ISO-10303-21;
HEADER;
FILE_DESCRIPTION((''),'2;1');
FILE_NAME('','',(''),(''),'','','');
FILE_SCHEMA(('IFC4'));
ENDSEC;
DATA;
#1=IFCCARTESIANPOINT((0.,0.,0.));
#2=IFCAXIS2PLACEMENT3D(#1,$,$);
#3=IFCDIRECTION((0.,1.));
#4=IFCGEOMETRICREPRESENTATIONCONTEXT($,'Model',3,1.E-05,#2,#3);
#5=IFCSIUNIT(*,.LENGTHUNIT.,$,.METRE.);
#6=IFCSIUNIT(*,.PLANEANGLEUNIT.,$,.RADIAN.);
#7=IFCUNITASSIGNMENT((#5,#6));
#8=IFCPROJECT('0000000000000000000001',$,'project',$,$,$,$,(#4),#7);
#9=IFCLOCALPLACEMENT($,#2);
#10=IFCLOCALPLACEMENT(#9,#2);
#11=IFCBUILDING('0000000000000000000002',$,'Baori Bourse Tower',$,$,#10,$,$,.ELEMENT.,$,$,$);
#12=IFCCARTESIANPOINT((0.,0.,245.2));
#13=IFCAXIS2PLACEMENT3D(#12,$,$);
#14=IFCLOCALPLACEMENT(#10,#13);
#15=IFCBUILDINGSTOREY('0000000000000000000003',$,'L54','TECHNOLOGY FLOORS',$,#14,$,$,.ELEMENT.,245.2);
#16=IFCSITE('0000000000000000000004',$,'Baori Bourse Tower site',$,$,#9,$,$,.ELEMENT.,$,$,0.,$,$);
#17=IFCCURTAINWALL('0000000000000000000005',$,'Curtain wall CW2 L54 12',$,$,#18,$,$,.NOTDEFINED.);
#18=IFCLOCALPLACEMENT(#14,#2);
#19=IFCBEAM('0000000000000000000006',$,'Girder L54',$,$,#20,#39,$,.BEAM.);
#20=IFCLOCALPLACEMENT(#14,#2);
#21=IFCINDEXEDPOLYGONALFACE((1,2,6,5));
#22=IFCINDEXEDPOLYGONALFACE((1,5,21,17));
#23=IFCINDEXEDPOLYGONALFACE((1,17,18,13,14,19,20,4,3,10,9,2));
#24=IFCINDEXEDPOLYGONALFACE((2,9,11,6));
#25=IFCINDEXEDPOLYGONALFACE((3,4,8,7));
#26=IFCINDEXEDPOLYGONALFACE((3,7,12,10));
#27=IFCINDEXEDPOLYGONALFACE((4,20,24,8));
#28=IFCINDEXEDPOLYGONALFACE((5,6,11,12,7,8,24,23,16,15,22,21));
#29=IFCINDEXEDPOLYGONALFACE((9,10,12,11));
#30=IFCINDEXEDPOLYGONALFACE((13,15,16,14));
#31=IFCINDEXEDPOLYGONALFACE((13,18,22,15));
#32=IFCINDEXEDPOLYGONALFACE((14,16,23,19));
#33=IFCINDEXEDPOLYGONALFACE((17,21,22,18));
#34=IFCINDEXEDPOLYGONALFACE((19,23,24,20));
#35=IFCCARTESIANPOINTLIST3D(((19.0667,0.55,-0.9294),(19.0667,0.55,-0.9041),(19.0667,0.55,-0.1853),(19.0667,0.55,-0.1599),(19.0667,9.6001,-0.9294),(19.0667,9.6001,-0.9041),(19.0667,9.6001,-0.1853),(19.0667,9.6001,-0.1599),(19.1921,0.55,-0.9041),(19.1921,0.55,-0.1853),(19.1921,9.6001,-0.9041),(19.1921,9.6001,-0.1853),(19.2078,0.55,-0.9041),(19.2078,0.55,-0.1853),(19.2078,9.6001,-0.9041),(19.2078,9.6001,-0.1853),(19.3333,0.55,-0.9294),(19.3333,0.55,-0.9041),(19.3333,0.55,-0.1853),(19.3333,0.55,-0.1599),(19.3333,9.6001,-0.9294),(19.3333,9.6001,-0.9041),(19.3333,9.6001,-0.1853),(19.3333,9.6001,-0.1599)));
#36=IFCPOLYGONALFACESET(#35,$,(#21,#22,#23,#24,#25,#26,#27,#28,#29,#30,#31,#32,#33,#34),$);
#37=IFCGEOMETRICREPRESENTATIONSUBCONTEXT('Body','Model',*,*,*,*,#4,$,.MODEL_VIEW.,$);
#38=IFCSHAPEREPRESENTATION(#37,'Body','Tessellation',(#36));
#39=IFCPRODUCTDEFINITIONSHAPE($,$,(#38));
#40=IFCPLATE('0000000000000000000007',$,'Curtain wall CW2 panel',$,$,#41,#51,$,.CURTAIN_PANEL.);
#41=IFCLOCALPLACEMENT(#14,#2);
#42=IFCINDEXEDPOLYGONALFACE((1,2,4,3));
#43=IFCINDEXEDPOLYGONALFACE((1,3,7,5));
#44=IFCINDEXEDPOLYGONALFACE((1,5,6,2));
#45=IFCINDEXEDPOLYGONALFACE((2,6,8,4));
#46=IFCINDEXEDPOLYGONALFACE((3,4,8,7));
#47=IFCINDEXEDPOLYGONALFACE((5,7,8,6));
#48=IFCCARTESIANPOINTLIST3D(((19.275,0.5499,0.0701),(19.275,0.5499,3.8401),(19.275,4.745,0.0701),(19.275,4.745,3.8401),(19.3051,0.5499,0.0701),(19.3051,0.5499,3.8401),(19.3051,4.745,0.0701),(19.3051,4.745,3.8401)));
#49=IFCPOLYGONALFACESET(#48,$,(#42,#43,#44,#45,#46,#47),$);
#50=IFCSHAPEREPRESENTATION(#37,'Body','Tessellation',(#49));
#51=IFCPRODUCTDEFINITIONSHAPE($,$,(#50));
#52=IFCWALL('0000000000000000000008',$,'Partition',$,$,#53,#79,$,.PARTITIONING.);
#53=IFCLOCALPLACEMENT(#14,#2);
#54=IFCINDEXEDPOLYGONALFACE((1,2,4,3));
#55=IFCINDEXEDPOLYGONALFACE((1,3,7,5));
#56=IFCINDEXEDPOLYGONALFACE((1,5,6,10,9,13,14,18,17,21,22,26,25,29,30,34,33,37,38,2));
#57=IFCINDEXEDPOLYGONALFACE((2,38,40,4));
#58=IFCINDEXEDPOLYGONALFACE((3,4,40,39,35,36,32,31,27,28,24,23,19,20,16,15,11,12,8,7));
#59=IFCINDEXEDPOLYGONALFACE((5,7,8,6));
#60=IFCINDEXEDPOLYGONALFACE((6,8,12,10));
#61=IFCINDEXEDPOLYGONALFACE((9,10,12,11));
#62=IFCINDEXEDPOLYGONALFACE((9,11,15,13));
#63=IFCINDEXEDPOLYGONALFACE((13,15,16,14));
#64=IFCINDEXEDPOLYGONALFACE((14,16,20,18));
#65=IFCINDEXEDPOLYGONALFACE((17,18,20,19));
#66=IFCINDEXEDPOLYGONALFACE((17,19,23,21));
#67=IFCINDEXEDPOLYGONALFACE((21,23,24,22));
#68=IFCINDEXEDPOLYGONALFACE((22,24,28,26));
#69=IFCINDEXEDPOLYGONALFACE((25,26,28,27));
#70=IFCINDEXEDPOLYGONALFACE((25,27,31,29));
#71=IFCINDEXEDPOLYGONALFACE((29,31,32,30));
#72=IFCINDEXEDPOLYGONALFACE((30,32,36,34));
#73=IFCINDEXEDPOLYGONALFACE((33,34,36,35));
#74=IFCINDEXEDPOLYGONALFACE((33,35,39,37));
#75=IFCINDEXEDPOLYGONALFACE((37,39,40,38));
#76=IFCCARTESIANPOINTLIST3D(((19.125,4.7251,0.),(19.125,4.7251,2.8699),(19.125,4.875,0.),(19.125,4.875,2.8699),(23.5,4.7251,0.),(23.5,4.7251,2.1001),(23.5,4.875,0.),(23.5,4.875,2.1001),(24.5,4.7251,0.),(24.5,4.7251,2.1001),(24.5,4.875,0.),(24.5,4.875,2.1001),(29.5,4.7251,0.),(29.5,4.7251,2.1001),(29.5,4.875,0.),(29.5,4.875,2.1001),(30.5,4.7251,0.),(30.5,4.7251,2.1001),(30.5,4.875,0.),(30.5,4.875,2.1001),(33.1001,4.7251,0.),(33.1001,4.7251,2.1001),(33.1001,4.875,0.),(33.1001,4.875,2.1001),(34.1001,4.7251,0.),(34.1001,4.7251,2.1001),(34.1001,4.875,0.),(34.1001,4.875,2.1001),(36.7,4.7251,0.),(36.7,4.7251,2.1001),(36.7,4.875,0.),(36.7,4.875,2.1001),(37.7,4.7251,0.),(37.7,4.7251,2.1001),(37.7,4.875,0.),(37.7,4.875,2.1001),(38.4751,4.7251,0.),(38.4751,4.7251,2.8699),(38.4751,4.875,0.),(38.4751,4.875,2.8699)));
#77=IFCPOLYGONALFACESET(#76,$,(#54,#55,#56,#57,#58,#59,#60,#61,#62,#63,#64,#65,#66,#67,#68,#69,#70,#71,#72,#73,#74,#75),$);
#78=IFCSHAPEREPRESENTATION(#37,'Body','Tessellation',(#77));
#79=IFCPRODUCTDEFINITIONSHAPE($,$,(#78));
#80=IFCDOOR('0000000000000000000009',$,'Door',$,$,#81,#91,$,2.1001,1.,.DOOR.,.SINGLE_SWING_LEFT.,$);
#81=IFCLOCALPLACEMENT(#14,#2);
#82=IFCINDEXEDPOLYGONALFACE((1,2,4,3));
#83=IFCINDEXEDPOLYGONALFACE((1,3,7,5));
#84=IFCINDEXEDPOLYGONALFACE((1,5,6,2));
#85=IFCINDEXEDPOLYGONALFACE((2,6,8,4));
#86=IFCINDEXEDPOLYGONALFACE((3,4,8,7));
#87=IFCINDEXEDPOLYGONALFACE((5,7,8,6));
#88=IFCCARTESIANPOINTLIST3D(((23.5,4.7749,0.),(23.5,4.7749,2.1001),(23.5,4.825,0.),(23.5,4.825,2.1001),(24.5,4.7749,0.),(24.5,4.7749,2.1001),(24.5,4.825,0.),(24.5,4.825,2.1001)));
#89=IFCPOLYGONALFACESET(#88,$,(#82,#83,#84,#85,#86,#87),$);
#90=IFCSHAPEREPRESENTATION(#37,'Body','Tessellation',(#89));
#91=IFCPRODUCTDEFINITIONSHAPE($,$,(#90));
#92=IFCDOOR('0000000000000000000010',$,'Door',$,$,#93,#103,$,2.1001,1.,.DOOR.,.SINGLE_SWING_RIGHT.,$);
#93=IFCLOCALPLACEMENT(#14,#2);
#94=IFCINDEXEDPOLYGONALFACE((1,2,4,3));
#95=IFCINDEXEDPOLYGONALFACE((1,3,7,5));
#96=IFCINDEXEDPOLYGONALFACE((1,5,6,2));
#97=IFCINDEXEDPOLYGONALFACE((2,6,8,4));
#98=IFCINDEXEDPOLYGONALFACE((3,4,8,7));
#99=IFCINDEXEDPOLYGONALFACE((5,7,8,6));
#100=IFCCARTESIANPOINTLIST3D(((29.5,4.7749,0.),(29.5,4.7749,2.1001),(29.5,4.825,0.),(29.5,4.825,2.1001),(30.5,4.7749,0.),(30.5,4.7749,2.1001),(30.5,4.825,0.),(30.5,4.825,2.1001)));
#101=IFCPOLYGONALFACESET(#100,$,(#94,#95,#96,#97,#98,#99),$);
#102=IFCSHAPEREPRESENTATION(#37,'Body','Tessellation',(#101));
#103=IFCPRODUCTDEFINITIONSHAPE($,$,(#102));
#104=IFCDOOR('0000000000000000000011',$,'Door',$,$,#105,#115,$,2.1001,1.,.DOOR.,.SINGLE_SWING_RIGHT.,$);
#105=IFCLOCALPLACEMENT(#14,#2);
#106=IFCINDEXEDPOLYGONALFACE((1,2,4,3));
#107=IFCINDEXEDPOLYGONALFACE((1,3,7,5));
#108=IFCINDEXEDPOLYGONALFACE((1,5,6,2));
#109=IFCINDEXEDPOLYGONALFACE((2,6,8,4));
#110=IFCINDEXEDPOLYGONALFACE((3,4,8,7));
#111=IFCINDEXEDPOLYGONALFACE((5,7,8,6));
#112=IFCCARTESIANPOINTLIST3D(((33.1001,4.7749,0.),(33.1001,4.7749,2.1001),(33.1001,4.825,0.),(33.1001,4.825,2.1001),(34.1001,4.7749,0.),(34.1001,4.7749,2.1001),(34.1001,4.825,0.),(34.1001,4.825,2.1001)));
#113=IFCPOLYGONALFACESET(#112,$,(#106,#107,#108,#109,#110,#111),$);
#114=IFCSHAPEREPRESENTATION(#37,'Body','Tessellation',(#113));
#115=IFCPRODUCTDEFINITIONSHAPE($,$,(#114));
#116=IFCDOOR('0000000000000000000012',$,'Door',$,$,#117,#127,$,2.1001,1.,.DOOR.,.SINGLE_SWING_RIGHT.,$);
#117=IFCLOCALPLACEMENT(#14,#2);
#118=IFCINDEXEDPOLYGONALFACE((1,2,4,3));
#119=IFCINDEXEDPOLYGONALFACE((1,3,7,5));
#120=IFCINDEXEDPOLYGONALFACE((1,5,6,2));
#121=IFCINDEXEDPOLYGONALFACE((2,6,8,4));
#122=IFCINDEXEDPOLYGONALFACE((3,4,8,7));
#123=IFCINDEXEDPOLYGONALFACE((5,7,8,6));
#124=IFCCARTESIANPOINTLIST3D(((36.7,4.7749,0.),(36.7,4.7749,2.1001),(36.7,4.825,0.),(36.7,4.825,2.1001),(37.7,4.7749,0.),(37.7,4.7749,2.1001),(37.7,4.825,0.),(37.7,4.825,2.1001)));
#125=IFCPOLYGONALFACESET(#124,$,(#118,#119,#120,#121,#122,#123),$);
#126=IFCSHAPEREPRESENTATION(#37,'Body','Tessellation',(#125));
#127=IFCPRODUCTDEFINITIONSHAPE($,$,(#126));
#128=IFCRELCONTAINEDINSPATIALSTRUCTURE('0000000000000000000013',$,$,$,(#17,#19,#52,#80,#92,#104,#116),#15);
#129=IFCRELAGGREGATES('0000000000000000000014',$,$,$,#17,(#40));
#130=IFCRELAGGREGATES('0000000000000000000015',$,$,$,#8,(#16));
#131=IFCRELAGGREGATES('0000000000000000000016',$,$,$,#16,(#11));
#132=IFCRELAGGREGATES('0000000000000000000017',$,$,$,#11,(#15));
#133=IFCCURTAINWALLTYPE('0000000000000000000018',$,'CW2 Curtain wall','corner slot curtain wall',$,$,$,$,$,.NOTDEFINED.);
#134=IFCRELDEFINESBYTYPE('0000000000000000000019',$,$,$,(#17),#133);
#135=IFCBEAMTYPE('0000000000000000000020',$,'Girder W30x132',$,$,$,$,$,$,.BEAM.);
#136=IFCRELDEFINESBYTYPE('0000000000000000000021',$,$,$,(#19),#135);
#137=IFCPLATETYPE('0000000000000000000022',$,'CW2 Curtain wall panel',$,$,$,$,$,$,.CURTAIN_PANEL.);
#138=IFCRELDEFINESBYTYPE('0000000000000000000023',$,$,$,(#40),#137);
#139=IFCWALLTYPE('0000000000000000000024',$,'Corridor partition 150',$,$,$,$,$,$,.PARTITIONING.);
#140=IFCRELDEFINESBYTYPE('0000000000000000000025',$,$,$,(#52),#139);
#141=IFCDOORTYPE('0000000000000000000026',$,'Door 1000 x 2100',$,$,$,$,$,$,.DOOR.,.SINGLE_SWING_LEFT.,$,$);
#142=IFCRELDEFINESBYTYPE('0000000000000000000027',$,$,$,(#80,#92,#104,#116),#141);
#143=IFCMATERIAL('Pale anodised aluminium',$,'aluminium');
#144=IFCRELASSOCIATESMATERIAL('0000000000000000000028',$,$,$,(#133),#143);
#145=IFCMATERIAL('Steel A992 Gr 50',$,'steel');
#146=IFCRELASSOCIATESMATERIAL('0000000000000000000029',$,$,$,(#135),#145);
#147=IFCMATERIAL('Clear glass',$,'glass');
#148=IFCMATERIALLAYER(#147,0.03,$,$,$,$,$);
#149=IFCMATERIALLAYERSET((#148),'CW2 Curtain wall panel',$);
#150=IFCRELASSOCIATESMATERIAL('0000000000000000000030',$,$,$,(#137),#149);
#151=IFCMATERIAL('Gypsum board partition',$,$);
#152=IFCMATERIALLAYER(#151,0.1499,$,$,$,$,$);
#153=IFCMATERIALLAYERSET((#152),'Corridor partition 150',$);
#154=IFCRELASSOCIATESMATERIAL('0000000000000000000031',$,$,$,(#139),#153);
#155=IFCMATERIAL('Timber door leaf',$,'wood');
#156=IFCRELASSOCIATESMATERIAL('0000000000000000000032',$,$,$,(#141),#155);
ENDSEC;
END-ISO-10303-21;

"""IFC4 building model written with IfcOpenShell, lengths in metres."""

from ifc_helpers import new_model, si_unit, direction, frame, frame_2d, origin, origin_2d, place, context, subcontext, project, spatial, rectangle, i_section, extrude, material, layer, layer_set, material_profile, profile_set, type_object, element, fill, aggregate, save


model = new_model("IFC4")

# Units and contexts
model_context = context("Model", 3, precision=1e-05, world=origin(), true_north=direction((0.0, 1.0)))
body_context = subcontext(model_context, "Body", "Model", "MODEL_VIEW")
ifc_project = project(units=[si_unit("LENGTHUNIT", "METRE"), si_unit("PLANEANGLEUNIT", "RADIAN")], contexts=[model_context])

# Site, building, storey
site_placement = place(None, origin())
site = spatial("IfcSite", under=ifc_project, at=site_placement, Name="Baori Bourse Tower site", CompositionType="ELEMENT", RefElevation=0.0)
building_placement = place(site_placement, origin())
building = spatial("IfcBuilding", under=site, at=building_placement, Name="Baori Bourse Tower", CompositionType="ELEMENT")
storey_placement = place(building_placement, frame((0.0, 0.0, 245.2)))
storey = spatial("IfcBuildingStorey", under=building, at=storey_placement, Name="L54", Description="TECHNOLOGY FLOORS", CompositionType="ELEMENT", Elevation=245.2)

# Curtain wall
ifc_material_1 = material(Name="Pale anodised aluminium", Category="aluminium")
curtain_wall_type_1 = type_object("IfcCurtainWallType", Name="CW2 Curtain wall", Description="corner slot curtain wall", PredefinedType="NOTDEFINED", material=ifc_material_1)
curtain_wall_1_placement = place(storey_placement, origin())
curtain_wall_1 = element("IfcCurtainWall", 1, at=curtain_wall_1_placement, inside=storey, type_object=curtain_wall_type_1, Name="Curtain wall CW2 L54 12", PredefinedType="NOTDEFINED")

# Beam
ifc_material_2 = material(Name="Steel A992 Gr 50", Category="steel")
ifc_material_profile_1 = material_profile(ifc_material_2, i_section(OverallWidth=0.2666, OverallDepth=0.7695, WebThickness=0.0156, FlangeThickness=0.0254, at=origin_2d()), Name="W30x132")
ifc_profile_set_1 = profile_set([ifc_material_profile_1], Name="Steel A992 Gr 50")
beam_type_1 = type_object("IfcBeamType", Name="Girder W30x132", PredefinedType="BEAM", material=ifc_profile_set_1)
beam_1_placement = place(storey_placement, frame((19.2, 0.55, -0.5447), z_axis=(0.0, 1.0, 0.0), x_axis=(-1.0, 0.0, 0.0)))
element("IfcBeam", 2, at=beam_1_placement, inside=storey, type_object=beam_type_1, Name="Girder L54", PredefinedType="BEAM", context=body_context, shape_type="SweptSolid", body=[
    extrude(i_section(OverallWidth=0.2666, OverallDepth=0.7695, WebThickness=0.0156, FlangeThickness=0.0254, at=origin_2d()), origin(), (0.0, 0.0, 1.0), 9.05),
])

# Plate
ifc_material_3 = material(Name="Clear glass", Category="glass")
ifc_layer_1 = layer(ifc_material_3, 0.03)
ifc_layer_set_1 = layer_set([ifc_layer_1], Name="CW2 Curtain wall panel")
plate_type = type_object("IfcPlateType", Name="CW2 Curtain wall panel", PredefinedType="CURTAIN_PANEL", material=ifc_layer_set_1)
plate_placement = place(storey_placement, frame((19.29, 2.6475, 0.0701), z_axis=(0.0, 0.0, 1.0), x_axis=(0.0, -1.0, 0.0)))
plate = element("IfcPlate", 3, at=plate_placement, type_object=plate_type, Name="Curtain wall CW2 panel", PredefinedType="CURTAIN_PANEL", context=body_context, shape_type="SweptSolid", body=[
    extrude(rectangle(XDim=4.1951, YDim=0.03, at=origin_2d()), origin(), (0.0, 0.0, 1.0), 3.77),
])
aggregate(curtain_wall_1, [plate])

# Wall, openings, doors
ifc_material_4 = material(Name="Gypsum board partition")
ifc_layer_2 = layer(ifc_material_4, 0.1499)
ifc_layer_set_2 = layer_set([ifc_layer_2], Name="Corridor partition 150")
wall_type_1 = type_object("IfcWallType", Name="Corridor partition 150", PredefinedType="PARTITIONING", material=ifc_layer_set_2)
wall_1_placement = place(storey_placement, frame((19.125, 4.8, 0.0), z_axis=(0.0, 0.0, 1.0), x_axis=(1.0, 0.0, 0.0)))
wall_1 = element("IfcWall", 4, at=wall_1_placement, inside=storey, type_object=wall_type_1, Name="Partition", PredefinedType="PARTITIONING", context=body_context, shape_type="SweptSolid", body=[
    extrude(rectangle(XDim=19.3501, YDim=0.1499, at=frame_2d((9.675, 0.0))), origin(), (0.0, 0.0, 1.0), 2.8699),
])
opening_1_placement = place(wall_1_placement, frame((4.375, 0.0, 0.0)))
opening_1 = element("IfcOpeningElement", 5, at=opening_1_placement, cuts=wall_1, PredefinedType="OPENING", context=body_context, shape_type="SweptSolid", body=[
    extrude(rectangle(XDim=1.0, YDim=2.1001, at=frame_2d((0.5, 1.05))), frame((0.0, 0.085, 0.0), z_axis=(0.0, -1.0, 0.0), x_axis=(1.0, 0.0, 0.0)), (0.0, 0.0, 1.0), 0.1699),
])
opening_2_placement = place(wall_1_placement, frame((10.375, 0.0, 0.0)))
opening_2 = element("IfcOpeningElement", 6, at=opening_2_placement, cuts=wall_1, PredefinedType="OPENING", context=body_context, shape_type="SweptSolid", body=[
    extrude(rectangle(XDim=1.0, YDim=2.1001, at=frame_2d((0.5, 1.05))), frame((0.0, 0.085, 0.0), z_axis=(0.0, -1.0, 0.0), x_axis=(1.0, 0.0, 0.0)), (0.0, 0.0, 1.0), 0.1699),
])
opening_3_placement = place(wall_1_placement, frame((13.9751, 0.0, 0.0)))
opening_3 = element("IfcOpeningElement", 7, at=opening_3_placement, cuts=wall_1, PredefinedType="OPENING", context=body_context, shape_type="SweptSolid", body=[
    extrude(rectangle(XDim=1.0, YDim=2.1001, at=frame_2d((0.5, 1.05))), frame((0.0, 0.085, 0.0), z_axis=(0.0, -1.0, 0.0), x_axis=(1.0, 0.0, 0.0)), (0.0, 0.0, 1.0), 0.1699),
])
opening_4_placement = place(wall_1_placement, frame((17.575, 0.0, 0.0)))
opening_4 = element("IfcOpeningElement", 8, at=opening_4_placement, cuts=wall_1, PredefinedType="OPENING", context=body_context, shape_type="SweptSolid", body=[
    extrude(rectangle(XDim=1.0, YDim=2.1001, at=frame_2d((0.5, 1.05))), frame((0.0, 0.085, 0.0), z_axis=(0.0, -1.0, 0.0), x_axis=(1.0, 0.0, 0.0)), (0.0, 0.0, 1.0), 0.1699),
])
ifc_material_5 = material(Name="Timber door leaf", Category="wood")
door_type = type_object("IfcDoorType", Name="Door 1000 x 2100", OperationType="SINGLE_SWING_LEFT", PredefinedType="DOOR", material=ifc_material_5)
door_1_placement = place(opening_1_placement, origin())
door_1 = element("IfcDoor", 9, at=door_1_placement, inside=storey, type_object=door_type, Name="Door", OperationType="SINGLE_SWING_LEFT", OverallHeight=2.1001, OverallWidth=1.0, PredefinedType="DOOR", context=body_context, shape_type="SweptSolid", body=[
    extrude(rectangle(XDim=1.0, YDim=2.1001, at=frame_2d((0.5, 1.05))), frame((0.0, 0.0249, 0.0), z_axis=(0.0, -1.0, 0.0), x_axis=(1.0, 0.0, 0.0)), (0.0, 0.0, 1.0), 0.05),
])
fill(opening_1, door_1)
door_2_placement = place(opening_2_placement, origin())
door_2 = element("IfcDoor", 10, at=door_2_placement, inside=storey, type_object=door_type, Name="Door", OperationType="SINGLE_SWING_RIGHT", OverallHeight=2.1001, OverallWidth=1.0, PredefinedType="DOOR", context=body_context, shape_type="SweptSolid", body=[
    extrude(rectangle(XDim=1.0, YDim=2.1001, at=frame_2d((0.5, 1.05))), frame((0.0, 0.0249, 0.0), z_axis=(0.0, -1.0, 0.0), x_axis=(1.0, 0.0, 0.0)), (0.0, 0.0, 1.0), 0.05),
])
fill(opening_2, door_2)
door_3_placement = place(opening_3_placement, origin())
door_3 = element("IfcDoor", 11, at=door_3_placement, inside=storey, type_object=door_type, Name="Door", OperationType="SINGLE_SWING_RIGHT", OverallHeight=2.1001, OverallWidth=1.0, PredefinedType="DOOR", context=body_context, shape_type="SweptSolid", body=[
    extrude(rectangle(XDim=1.0, YDim=2.1001, at=frame_2d((0.5, 1.05))), frame((0.0, 0.0249, 0.0), z_axis=(0.0, -1.0, 0.0), x_axis=(1.0, 0.0, 0.0)), (0.0, 0.0, 1.0), 0.05),
])
fill(opening_3, door_3)
door_4_placement = place(opening_4_placement, origin())
door_4 = element("IfcDoor", 12, at=door_4_placement, inside=storey, type_object=door_type, Name="Door", OperationType="SINGLE_SWING_RIGHT", OverallHeight=2.1001, OverallWidth=1.0, PredefinedType="DOOR", context=body_context, shape_type="SweptSolid", body=[
    extrude(rectangle(XDim=1.0, YDim=2.1001, at=frame_2d((0.5, 1.05))), frame((0.0, 0.0249, 0.0), z_axis=(0.0, -1.0, 0.0), x_axis=(1.0, 0.0, 0.0)), (0.0, 0.0, 1.0), 0.05),
])
fill(opening_4, door_4)

save(model, "model.ifc")
